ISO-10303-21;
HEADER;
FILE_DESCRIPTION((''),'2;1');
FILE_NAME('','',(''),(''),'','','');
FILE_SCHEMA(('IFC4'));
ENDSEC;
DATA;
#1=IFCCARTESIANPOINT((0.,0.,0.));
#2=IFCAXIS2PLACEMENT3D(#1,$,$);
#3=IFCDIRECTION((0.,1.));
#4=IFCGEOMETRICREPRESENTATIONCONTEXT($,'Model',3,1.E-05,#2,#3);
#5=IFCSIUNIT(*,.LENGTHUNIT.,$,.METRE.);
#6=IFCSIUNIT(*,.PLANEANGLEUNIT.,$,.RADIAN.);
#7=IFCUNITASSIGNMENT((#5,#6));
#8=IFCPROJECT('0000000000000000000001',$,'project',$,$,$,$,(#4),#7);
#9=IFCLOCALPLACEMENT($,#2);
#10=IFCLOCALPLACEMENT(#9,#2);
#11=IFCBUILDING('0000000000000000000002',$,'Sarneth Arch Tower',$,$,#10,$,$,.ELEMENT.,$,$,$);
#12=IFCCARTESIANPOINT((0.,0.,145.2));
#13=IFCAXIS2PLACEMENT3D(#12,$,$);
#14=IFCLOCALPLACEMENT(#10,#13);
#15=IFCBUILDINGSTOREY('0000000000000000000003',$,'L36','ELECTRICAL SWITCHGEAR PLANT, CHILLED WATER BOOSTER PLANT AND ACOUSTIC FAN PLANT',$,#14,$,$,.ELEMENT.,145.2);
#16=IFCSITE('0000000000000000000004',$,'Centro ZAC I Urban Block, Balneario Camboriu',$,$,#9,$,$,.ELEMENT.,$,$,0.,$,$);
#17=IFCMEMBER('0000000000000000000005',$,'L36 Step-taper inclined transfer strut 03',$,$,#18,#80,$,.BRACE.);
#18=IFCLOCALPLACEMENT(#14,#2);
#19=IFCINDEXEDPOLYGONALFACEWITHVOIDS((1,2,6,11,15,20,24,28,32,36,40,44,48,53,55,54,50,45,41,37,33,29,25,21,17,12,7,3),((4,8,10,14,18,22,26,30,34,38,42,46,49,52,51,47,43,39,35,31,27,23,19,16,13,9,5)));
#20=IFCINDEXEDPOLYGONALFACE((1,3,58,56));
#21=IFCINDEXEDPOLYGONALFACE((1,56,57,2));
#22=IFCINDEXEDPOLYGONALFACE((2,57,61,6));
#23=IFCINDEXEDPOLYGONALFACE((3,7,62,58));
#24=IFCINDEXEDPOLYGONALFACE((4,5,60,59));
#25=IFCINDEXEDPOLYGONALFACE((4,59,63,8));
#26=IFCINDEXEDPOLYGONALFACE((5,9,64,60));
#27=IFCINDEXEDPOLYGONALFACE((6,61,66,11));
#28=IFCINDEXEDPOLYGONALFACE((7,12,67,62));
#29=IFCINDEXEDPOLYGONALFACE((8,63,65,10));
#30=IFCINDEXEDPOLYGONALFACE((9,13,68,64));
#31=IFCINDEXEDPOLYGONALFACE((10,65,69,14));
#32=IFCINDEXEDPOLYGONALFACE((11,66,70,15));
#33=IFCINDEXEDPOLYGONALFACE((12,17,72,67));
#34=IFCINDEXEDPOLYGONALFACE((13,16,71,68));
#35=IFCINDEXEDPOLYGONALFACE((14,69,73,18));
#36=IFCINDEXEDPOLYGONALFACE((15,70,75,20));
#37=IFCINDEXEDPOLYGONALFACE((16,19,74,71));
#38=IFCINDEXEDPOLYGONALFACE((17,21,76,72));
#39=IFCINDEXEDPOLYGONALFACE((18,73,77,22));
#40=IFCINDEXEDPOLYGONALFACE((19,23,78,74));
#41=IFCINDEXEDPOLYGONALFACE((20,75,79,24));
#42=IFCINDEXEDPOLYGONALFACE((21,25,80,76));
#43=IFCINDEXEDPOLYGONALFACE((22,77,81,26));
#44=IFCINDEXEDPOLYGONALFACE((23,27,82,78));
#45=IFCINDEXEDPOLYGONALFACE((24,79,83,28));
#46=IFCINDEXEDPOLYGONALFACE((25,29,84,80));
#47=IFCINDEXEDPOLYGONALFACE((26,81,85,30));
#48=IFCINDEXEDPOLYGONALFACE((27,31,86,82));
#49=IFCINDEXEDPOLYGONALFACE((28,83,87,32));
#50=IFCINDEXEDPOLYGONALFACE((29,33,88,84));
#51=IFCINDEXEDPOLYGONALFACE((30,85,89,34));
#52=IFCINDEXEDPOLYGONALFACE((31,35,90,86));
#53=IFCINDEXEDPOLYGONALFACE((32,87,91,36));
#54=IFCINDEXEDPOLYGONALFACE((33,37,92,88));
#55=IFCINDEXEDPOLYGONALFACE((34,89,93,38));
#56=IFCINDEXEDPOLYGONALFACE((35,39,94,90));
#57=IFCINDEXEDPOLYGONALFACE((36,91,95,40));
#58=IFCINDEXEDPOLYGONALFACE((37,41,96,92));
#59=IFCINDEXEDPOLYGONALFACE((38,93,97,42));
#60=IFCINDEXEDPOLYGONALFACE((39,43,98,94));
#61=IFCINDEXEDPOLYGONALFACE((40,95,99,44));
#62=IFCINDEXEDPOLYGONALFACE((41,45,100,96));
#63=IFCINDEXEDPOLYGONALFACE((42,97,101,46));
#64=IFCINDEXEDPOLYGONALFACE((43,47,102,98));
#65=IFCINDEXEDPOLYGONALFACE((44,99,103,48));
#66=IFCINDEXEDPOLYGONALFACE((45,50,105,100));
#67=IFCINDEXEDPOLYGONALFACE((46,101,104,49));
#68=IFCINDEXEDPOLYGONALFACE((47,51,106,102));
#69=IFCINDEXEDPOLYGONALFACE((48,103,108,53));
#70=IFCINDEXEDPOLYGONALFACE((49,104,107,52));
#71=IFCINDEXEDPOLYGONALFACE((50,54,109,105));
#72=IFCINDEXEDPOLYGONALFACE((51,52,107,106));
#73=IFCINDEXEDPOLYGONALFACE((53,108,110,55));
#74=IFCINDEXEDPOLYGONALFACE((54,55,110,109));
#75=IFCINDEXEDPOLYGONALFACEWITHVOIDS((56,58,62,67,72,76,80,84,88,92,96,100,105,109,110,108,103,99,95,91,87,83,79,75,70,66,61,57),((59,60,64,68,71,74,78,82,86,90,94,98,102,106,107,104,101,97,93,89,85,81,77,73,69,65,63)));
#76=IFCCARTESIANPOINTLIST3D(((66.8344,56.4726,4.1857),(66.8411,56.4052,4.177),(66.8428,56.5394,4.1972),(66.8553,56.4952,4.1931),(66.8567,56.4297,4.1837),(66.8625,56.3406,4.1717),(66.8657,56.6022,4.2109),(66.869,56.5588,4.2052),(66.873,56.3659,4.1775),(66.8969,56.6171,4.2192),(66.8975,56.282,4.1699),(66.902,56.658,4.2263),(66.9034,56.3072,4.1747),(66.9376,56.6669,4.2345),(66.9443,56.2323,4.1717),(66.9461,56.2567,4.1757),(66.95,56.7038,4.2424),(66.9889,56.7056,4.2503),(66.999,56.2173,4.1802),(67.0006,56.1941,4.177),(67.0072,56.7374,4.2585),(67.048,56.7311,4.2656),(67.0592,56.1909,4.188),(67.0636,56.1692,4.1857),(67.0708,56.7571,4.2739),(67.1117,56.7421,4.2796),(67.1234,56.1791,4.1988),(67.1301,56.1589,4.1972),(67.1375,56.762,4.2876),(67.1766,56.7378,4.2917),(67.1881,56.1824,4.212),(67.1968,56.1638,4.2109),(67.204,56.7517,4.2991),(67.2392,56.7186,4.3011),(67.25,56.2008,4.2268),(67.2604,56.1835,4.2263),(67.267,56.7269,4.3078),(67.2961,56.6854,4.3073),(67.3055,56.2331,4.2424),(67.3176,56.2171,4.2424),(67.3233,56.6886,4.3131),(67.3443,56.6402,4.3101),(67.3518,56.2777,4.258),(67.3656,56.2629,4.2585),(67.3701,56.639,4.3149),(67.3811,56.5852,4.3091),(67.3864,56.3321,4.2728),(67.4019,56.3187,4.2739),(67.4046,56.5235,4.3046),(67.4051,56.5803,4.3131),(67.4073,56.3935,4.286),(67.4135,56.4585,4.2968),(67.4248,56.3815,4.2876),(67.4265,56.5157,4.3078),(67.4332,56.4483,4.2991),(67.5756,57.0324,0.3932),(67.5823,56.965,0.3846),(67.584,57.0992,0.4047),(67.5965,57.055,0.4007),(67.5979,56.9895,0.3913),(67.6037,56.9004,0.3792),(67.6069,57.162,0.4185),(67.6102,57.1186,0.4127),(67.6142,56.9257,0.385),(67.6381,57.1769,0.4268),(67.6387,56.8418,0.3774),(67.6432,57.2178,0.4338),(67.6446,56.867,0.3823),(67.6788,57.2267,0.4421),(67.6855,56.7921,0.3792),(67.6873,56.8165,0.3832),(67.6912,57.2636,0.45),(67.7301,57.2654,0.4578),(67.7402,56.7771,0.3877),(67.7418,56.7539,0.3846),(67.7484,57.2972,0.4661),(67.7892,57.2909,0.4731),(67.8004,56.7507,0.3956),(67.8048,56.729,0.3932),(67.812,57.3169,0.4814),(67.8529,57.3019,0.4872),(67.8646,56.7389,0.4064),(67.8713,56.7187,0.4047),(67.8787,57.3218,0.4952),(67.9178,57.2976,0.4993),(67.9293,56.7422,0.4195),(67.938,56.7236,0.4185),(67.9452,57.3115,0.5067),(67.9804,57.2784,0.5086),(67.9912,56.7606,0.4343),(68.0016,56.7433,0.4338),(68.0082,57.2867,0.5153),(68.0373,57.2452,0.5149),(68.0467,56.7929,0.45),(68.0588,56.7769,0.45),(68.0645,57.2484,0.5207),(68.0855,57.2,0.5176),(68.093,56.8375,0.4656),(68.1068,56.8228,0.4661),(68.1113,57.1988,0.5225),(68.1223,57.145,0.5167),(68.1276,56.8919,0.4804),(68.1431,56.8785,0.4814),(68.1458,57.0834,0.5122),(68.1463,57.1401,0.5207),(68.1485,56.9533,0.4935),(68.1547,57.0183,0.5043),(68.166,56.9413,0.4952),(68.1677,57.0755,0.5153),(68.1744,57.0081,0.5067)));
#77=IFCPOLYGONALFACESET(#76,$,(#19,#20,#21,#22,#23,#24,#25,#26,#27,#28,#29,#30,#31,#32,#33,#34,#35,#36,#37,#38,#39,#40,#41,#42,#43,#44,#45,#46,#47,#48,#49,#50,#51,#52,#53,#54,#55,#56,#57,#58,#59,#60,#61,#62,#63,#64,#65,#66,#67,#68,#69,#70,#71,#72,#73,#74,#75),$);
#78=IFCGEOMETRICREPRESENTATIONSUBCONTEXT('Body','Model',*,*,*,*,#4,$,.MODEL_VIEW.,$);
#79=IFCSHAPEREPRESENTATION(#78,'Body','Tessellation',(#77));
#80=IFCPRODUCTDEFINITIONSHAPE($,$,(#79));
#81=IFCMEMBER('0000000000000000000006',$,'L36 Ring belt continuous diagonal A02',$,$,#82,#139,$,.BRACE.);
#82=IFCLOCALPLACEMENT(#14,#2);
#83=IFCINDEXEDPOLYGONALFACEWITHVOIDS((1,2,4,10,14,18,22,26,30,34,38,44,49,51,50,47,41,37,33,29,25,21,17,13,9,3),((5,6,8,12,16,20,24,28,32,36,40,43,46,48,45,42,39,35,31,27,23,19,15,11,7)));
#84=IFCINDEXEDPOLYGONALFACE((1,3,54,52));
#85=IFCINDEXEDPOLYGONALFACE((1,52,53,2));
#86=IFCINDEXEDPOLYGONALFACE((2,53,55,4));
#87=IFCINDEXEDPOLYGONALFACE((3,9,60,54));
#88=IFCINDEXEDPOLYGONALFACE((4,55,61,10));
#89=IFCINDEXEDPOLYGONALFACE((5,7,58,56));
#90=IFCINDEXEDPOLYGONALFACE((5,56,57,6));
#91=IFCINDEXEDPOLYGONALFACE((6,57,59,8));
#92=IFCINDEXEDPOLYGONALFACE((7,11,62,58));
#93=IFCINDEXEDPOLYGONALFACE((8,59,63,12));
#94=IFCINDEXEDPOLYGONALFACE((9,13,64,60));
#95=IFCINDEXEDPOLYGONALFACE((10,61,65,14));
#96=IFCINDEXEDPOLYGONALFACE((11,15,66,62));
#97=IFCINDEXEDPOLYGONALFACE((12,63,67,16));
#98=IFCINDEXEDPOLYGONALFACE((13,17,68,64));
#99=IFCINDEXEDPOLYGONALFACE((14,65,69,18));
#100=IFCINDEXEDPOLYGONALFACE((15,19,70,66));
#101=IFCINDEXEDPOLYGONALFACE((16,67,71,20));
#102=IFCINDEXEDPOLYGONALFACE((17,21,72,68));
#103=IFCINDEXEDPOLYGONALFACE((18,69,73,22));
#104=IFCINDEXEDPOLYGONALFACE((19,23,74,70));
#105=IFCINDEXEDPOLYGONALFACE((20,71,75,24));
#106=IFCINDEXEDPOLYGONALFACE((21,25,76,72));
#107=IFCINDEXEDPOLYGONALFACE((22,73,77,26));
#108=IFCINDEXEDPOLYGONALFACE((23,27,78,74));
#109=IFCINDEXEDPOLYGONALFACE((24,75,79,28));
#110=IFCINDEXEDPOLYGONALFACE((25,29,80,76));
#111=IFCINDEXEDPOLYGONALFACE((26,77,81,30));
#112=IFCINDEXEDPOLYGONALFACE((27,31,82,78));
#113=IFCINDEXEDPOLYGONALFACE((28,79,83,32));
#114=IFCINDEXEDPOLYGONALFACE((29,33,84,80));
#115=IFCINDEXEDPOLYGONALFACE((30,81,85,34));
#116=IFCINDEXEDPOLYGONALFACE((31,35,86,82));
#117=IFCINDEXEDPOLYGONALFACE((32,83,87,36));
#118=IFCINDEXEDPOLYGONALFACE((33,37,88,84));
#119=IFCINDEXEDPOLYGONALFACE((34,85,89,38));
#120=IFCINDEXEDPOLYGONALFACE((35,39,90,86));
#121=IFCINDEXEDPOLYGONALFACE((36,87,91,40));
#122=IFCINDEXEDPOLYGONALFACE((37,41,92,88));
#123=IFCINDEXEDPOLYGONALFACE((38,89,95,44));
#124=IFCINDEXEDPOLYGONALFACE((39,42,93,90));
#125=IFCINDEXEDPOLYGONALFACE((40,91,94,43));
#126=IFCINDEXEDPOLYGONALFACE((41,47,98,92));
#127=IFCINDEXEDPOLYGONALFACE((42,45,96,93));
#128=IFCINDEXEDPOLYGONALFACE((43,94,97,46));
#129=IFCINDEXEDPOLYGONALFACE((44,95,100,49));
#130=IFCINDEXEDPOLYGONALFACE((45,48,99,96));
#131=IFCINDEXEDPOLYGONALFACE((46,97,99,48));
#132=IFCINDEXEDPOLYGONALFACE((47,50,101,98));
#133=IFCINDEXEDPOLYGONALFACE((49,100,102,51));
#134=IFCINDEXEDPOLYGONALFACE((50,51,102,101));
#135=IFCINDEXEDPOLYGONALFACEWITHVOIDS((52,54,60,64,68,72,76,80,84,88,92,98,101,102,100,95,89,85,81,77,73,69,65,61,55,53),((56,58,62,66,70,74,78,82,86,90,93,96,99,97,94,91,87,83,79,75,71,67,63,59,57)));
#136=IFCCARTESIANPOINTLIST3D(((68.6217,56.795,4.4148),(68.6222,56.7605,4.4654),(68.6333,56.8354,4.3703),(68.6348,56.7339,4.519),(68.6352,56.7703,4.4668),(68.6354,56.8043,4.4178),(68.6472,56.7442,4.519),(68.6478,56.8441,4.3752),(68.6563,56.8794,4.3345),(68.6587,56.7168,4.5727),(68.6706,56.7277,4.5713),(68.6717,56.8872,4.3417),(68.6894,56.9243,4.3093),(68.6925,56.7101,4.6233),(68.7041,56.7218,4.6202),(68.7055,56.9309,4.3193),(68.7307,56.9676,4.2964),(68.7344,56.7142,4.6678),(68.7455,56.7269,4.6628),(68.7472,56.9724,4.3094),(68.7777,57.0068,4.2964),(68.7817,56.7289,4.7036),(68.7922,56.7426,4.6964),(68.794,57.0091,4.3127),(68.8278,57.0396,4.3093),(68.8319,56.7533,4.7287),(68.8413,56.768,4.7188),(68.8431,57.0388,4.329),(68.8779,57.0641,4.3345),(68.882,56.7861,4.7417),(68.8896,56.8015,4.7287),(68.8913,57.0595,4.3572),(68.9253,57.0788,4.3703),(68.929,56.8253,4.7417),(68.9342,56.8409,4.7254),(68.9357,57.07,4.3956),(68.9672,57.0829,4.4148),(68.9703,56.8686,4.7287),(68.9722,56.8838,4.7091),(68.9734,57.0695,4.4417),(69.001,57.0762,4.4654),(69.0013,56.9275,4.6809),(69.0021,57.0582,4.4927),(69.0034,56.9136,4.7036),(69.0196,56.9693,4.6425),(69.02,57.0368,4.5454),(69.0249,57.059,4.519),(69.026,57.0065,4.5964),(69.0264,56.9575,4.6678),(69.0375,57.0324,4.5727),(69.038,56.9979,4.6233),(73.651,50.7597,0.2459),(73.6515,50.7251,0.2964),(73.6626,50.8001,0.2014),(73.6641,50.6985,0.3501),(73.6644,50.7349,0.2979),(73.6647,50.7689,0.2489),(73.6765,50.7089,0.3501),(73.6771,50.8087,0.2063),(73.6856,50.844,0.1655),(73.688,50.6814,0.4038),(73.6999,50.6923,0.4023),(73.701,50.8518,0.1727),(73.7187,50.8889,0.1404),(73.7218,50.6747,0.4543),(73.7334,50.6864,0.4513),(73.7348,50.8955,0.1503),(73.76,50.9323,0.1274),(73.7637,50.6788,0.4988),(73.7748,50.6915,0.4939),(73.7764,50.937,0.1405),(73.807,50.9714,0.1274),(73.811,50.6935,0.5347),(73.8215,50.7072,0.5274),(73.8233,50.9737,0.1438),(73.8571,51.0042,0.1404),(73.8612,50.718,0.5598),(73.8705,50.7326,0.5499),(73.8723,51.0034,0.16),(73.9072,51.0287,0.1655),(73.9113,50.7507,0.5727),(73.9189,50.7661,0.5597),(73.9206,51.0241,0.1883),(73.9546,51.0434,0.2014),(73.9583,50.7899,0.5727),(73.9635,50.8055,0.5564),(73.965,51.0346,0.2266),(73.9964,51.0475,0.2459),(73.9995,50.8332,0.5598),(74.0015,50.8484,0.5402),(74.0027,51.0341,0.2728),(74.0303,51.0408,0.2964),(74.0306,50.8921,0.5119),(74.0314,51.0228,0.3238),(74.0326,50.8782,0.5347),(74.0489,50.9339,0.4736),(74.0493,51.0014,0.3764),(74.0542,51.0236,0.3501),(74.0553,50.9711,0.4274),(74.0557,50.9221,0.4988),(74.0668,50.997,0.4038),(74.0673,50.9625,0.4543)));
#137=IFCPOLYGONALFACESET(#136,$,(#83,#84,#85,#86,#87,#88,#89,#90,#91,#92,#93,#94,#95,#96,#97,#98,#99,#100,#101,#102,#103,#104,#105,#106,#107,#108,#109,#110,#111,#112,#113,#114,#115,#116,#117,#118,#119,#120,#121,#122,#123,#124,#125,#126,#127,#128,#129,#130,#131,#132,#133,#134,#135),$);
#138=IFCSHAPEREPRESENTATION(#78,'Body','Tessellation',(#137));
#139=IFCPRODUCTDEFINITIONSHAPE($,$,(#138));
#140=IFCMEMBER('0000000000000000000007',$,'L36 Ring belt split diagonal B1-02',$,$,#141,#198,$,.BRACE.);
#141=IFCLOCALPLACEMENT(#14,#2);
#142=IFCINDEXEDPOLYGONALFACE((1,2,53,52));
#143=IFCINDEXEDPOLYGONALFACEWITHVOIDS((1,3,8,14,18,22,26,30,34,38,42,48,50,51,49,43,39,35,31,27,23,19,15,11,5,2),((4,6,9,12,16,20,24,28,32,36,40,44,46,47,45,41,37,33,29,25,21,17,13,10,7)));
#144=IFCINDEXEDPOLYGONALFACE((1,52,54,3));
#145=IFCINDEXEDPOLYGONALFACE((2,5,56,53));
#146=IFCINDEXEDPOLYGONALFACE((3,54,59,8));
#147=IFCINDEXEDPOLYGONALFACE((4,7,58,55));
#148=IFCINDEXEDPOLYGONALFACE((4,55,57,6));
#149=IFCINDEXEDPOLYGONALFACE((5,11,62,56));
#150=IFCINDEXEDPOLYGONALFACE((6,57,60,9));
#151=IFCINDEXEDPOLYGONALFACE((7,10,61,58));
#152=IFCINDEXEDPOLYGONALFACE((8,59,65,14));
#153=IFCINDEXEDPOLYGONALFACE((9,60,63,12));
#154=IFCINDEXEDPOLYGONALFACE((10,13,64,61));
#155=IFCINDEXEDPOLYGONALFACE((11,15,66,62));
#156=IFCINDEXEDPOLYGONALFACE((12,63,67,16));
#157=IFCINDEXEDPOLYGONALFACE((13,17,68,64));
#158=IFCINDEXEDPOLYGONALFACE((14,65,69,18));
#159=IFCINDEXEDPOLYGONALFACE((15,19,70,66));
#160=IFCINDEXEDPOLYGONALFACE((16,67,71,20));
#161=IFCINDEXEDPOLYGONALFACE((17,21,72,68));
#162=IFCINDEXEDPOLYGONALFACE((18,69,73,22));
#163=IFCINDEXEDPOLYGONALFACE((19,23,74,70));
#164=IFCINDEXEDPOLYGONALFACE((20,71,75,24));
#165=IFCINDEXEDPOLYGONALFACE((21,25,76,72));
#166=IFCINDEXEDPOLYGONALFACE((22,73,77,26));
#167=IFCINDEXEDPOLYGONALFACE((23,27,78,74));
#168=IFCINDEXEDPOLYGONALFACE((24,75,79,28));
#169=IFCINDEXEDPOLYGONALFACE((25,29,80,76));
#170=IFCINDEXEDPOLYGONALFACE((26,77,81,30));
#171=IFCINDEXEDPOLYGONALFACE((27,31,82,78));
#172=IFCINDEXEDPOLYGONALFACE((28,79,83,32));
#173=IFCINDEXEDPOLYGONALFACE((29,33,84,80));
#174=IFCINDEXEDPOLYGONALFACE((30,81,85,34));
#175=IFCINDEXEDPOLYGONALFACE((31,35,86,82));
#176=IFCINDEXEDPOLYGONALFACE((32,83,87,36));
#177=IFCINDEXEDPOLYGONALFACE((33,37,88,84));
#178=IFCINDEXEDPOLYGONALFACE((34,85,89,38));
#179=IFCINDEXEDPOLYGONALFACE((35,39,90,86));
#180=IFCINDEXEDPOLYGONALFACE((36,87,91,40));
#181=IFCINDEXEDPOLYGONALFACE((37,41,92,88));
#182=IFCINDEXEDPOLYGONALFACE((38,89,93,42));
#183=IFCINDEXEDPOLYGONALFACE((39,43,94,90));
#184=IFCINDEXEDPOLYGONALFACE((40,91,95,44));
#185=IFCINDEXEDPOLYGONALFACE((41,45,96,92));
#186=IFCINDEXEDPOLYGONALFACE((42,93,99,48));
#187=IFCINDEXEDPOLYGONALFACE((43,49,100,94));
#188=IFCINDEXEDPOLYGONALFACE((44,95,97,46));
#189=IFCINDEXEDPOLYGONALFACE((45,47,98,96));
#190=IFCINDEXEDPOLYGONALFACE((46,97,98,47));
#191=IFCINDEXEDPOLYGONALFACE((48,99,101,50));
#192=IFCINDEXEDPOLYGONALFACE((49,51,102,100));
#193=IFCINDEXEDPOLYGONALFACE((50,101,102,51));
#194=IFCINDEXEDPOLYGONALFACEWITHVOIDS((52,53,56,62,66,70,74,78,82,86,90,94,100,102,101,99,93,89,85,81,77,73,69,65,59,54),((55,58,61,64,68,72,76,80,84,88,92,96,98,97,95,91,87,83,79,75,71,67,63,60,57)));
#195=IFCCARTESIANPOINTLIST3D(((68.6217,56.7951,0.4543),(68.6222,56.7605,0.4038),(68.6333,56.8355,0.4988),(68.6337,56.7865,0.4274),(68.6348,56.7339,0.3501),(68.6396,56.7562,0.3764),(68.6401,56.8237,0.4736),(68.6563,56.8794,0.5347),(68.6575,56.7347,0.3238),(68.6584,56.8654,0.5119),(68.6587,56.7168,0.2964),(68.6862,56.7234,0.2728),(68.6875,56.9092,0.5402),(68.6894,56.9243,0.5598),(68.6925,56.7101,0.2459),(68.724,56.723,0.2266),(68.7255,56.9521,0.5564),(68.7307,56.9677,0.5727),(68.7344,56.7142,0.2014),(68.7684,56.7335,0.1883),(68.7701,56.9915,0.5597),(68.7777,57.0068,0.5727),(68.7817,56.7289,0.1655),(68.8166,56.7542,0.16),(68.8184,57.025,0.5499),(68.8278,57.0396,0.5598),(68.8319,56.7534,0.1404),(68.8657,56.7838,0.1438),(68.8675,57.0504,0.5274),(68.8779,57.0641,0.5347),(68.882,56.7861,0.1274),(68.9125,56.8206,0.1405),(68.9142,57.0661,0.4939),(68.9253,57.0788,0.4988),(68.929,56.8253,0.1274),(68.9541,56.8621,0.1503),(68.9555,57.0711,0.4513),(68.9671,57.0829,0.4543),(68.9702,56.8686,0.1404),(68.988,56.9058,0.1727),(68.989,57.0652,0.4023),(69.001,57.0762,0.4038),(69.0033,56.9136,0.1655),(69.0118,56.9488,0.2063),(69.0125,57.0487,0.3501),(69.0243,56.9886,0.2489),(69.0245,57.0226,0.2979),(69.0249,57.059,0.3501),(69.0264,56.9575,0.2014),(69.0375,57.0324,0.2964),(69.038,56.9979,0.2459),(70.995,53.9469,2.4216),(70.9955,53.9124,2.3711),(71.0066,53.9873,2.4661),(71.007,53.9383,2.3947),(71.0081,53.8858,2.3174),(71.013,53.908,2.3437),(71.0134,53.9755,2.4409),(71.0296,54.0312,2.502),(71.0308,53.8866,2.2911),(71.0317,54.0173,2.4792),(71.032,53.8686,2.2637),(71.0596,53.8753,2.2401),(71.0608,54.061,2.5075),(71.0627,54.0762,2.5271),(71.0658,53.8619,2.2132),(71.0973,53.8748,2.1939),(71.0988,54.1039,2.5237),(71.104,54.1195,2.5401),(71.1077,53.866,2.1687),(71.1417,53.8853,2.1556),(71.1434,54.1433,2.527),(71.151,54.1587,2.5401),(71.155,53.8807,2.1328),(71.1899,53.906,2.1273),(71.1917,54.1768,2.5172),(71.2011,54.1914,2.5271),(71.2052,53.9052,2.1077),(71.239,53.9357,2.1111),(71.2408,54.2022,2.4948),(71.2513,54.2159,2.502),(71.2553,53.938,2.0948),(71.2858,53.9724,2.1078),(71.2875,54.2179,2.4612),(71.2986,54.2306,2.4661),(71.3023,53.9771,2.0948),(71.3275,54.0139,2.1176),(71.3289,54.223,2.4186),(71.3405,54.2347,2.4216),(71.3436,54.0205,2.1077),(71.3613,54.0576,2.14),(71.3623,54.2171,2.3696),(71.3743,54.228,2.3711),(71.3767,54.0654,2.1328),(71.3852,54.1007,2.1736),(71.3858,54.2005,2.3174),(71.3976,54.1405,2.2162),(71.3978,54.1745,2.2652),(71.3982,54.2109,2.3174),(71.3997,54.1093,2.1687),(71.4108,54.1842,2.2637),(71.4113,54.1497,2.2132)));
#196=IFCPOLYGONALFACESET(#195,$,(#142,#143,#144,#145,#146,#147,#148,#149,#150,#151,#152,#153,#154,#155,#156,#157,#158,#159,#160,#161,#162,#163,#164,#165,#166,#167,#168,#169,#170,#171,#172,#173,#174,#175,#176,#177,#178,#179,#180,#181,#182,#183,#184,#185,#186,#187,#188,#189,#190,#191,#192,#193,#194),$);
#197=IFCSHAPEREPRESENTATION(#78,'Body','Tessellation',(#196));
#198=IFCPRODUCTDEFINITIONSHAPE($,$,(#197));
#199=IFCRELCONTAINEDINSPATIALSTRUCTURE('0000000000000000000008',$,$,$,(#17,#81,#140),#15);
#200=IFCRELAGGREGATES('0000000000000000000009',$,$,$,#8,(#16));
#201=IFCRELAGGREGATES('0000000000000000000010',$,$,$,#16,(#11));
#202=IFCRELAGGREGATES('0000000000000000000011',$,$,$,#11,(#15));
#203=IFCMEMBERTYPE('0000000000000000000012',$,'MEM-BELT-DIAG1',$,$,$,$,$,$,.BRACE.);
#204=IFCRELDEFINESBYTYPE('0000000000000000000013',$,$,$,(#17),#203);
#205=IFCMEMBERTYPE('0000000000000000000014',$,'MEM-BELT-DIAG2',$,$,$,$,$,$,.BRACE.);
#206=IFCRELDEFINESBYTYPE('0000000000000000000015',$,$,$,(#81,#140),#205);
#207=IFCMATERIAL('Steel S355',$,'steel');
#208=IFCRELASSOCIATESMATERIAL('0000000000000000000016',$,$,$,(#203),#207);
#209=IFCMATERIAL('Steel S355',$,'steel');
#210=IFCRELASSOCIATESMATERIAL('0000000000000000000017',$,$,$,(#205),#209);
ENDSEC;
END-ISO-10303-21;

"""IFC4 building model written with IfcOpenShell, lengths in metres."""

from ifc_helpers import new_model, si_unit, direction, frame, origin, origin_2d, place, context, subcontext, project, spatial, hollow_circle, extrude, material, material_profile, profile_set, type_object, element, save


model = new_model("IFC4")

# Units and contexts
model_context = context("Model", 3, precision=1e-05, world=origin(), true_north=direction((0.0, 1.0)))
body_context = subcontext(model_context, "Body", "Model", "MODEL_VIEW")
ifc_project = project(units=[si_unit("LENGTHUNIT", "METRE"), si_unit("PLANEANGLEUNIT", "RADIAN")], contexts=[model_context])

# Site, building, storey
site_placement = place(None, origin())
site = spatial("IfcSite", under=ifc_project, at=site_placement, Name="Centro ZAC I Urban Block, Balneario Camboriu", CompositionType="ELEMENT", RefElevation=0.0)
building_placement = place(site_placement, origin())
building = spatial("IfcBuilding", under=site, at=building_placement, Name="Sarneth Arch Tower", CompositionType="ELEMENT")
storey_placement = place(building_placement, frame((0.0, 0.0, 145.2)))
storey = spatial("IfcBuildingStorey", under=building, at=storey_placement, Name="L36", Description="ELECTRICAL SWITCHGEAR PLANT, CHILLED WATER BOOSTER PLANT AND ACOUSTIC FAN PLANT", CompositionType="ELEMENT", Elevation=145.2)

# Members
ifc_material_1 = material(Name="Steel S355", Category="steel")
ifc_material_profile_1 = material_profile(ifc_material_1, hollow_circle(Radius=0.3049, WallThickness=0.02, at=origin_2d()), Name="CHS610x20")
ifc_profile_set_1 = profile_set([ifc_material_profile_1], Name="Steel S355")
member_type_1 = type_object("IfcMemberType", Name="MEM-BELT-DIAG1", PredefinedType="BRACE", material=ifc_profile_set_1)
member_1_placement = place(storey_placement, frame((67.875, 57.0203, 0.45), z_axis=(-0.189831, -0.143374, 0.971292), x_axis=(0.602688, -0.797977, 0.0)))
element("IfcMember", 1, at=member_1_placement, inside=storey, type_object=member_type_1, Name="L36 Step-taper inclined transfer strut 03", PredefinedType="BRACE", context=body_context, shape_type="SweptSolid", body=[
    extrude(hollow_circle(Radius=0.3049, WallThickness=0.02, at=origin_2d()), origin(), (0.0, 0.0, 1.0), 3.9045),
])
ifc_material_2 = material(Name="Steel S355", Category="steel")
ifc_material_profile_2 = material_profile(ifc_material_2, hollow_circle(Radius=0.2539, WallThickness=0.0161, at=origin_2d()), Name="CHS508x16")
ifc_profile_set_2 = profile_set([ifc_material_profile_2], Name="Steel S355")
member_type_2 = type_object("IfcMemberType", Name="MEM-BELT-DIAG2", PredefinedType="BRACE", material=ifc_profile_set_2)
member_2_placement = place(storey_placement, frame((73.8591, 50.8611, 0.3501), z_axis=(-0.565482, 0.678606, 0.468746), x_axis=(-0.768234, -0.640169, 0.0)))
element("IfcMember", 2, at=member_2_placement, inside=storey, type_object=member_type_2, Name="L36 Ring belt continuous diagonal A02", PredefinedType="BRACE", context=body_context, shape_type="SweptSolid", body=[
    extrude(hollow_circle(Radius=0.2539, WallThickness=0.0161, at=origin_2d()), origin(), (0.0, 0.0, 1.0), 8.8938),
])
member_3_placement = place(storey_placement, frame((68.8298, 56.8965, 0.3501), z_axis=(0.565476, -0.678617, 0.468738), x_axis=(0.768243, 0.640158, 0.0)))
element("IfcMember", 3, at=member_3_placement, inside=storey, type_object=member_type_2, Name="L36 Ring belt split diagonal B1-02", PredefinedType="BRACE", context=body_context, shape_type="SweptSolid", body=[
    extrude(hollow_circle(Radius=0.2539, WallThickness=0.0161, at=origin_2d()), origin(), (0.0, 0.0, 1.0), 4.197),
])

save(model, "model.ifc")
